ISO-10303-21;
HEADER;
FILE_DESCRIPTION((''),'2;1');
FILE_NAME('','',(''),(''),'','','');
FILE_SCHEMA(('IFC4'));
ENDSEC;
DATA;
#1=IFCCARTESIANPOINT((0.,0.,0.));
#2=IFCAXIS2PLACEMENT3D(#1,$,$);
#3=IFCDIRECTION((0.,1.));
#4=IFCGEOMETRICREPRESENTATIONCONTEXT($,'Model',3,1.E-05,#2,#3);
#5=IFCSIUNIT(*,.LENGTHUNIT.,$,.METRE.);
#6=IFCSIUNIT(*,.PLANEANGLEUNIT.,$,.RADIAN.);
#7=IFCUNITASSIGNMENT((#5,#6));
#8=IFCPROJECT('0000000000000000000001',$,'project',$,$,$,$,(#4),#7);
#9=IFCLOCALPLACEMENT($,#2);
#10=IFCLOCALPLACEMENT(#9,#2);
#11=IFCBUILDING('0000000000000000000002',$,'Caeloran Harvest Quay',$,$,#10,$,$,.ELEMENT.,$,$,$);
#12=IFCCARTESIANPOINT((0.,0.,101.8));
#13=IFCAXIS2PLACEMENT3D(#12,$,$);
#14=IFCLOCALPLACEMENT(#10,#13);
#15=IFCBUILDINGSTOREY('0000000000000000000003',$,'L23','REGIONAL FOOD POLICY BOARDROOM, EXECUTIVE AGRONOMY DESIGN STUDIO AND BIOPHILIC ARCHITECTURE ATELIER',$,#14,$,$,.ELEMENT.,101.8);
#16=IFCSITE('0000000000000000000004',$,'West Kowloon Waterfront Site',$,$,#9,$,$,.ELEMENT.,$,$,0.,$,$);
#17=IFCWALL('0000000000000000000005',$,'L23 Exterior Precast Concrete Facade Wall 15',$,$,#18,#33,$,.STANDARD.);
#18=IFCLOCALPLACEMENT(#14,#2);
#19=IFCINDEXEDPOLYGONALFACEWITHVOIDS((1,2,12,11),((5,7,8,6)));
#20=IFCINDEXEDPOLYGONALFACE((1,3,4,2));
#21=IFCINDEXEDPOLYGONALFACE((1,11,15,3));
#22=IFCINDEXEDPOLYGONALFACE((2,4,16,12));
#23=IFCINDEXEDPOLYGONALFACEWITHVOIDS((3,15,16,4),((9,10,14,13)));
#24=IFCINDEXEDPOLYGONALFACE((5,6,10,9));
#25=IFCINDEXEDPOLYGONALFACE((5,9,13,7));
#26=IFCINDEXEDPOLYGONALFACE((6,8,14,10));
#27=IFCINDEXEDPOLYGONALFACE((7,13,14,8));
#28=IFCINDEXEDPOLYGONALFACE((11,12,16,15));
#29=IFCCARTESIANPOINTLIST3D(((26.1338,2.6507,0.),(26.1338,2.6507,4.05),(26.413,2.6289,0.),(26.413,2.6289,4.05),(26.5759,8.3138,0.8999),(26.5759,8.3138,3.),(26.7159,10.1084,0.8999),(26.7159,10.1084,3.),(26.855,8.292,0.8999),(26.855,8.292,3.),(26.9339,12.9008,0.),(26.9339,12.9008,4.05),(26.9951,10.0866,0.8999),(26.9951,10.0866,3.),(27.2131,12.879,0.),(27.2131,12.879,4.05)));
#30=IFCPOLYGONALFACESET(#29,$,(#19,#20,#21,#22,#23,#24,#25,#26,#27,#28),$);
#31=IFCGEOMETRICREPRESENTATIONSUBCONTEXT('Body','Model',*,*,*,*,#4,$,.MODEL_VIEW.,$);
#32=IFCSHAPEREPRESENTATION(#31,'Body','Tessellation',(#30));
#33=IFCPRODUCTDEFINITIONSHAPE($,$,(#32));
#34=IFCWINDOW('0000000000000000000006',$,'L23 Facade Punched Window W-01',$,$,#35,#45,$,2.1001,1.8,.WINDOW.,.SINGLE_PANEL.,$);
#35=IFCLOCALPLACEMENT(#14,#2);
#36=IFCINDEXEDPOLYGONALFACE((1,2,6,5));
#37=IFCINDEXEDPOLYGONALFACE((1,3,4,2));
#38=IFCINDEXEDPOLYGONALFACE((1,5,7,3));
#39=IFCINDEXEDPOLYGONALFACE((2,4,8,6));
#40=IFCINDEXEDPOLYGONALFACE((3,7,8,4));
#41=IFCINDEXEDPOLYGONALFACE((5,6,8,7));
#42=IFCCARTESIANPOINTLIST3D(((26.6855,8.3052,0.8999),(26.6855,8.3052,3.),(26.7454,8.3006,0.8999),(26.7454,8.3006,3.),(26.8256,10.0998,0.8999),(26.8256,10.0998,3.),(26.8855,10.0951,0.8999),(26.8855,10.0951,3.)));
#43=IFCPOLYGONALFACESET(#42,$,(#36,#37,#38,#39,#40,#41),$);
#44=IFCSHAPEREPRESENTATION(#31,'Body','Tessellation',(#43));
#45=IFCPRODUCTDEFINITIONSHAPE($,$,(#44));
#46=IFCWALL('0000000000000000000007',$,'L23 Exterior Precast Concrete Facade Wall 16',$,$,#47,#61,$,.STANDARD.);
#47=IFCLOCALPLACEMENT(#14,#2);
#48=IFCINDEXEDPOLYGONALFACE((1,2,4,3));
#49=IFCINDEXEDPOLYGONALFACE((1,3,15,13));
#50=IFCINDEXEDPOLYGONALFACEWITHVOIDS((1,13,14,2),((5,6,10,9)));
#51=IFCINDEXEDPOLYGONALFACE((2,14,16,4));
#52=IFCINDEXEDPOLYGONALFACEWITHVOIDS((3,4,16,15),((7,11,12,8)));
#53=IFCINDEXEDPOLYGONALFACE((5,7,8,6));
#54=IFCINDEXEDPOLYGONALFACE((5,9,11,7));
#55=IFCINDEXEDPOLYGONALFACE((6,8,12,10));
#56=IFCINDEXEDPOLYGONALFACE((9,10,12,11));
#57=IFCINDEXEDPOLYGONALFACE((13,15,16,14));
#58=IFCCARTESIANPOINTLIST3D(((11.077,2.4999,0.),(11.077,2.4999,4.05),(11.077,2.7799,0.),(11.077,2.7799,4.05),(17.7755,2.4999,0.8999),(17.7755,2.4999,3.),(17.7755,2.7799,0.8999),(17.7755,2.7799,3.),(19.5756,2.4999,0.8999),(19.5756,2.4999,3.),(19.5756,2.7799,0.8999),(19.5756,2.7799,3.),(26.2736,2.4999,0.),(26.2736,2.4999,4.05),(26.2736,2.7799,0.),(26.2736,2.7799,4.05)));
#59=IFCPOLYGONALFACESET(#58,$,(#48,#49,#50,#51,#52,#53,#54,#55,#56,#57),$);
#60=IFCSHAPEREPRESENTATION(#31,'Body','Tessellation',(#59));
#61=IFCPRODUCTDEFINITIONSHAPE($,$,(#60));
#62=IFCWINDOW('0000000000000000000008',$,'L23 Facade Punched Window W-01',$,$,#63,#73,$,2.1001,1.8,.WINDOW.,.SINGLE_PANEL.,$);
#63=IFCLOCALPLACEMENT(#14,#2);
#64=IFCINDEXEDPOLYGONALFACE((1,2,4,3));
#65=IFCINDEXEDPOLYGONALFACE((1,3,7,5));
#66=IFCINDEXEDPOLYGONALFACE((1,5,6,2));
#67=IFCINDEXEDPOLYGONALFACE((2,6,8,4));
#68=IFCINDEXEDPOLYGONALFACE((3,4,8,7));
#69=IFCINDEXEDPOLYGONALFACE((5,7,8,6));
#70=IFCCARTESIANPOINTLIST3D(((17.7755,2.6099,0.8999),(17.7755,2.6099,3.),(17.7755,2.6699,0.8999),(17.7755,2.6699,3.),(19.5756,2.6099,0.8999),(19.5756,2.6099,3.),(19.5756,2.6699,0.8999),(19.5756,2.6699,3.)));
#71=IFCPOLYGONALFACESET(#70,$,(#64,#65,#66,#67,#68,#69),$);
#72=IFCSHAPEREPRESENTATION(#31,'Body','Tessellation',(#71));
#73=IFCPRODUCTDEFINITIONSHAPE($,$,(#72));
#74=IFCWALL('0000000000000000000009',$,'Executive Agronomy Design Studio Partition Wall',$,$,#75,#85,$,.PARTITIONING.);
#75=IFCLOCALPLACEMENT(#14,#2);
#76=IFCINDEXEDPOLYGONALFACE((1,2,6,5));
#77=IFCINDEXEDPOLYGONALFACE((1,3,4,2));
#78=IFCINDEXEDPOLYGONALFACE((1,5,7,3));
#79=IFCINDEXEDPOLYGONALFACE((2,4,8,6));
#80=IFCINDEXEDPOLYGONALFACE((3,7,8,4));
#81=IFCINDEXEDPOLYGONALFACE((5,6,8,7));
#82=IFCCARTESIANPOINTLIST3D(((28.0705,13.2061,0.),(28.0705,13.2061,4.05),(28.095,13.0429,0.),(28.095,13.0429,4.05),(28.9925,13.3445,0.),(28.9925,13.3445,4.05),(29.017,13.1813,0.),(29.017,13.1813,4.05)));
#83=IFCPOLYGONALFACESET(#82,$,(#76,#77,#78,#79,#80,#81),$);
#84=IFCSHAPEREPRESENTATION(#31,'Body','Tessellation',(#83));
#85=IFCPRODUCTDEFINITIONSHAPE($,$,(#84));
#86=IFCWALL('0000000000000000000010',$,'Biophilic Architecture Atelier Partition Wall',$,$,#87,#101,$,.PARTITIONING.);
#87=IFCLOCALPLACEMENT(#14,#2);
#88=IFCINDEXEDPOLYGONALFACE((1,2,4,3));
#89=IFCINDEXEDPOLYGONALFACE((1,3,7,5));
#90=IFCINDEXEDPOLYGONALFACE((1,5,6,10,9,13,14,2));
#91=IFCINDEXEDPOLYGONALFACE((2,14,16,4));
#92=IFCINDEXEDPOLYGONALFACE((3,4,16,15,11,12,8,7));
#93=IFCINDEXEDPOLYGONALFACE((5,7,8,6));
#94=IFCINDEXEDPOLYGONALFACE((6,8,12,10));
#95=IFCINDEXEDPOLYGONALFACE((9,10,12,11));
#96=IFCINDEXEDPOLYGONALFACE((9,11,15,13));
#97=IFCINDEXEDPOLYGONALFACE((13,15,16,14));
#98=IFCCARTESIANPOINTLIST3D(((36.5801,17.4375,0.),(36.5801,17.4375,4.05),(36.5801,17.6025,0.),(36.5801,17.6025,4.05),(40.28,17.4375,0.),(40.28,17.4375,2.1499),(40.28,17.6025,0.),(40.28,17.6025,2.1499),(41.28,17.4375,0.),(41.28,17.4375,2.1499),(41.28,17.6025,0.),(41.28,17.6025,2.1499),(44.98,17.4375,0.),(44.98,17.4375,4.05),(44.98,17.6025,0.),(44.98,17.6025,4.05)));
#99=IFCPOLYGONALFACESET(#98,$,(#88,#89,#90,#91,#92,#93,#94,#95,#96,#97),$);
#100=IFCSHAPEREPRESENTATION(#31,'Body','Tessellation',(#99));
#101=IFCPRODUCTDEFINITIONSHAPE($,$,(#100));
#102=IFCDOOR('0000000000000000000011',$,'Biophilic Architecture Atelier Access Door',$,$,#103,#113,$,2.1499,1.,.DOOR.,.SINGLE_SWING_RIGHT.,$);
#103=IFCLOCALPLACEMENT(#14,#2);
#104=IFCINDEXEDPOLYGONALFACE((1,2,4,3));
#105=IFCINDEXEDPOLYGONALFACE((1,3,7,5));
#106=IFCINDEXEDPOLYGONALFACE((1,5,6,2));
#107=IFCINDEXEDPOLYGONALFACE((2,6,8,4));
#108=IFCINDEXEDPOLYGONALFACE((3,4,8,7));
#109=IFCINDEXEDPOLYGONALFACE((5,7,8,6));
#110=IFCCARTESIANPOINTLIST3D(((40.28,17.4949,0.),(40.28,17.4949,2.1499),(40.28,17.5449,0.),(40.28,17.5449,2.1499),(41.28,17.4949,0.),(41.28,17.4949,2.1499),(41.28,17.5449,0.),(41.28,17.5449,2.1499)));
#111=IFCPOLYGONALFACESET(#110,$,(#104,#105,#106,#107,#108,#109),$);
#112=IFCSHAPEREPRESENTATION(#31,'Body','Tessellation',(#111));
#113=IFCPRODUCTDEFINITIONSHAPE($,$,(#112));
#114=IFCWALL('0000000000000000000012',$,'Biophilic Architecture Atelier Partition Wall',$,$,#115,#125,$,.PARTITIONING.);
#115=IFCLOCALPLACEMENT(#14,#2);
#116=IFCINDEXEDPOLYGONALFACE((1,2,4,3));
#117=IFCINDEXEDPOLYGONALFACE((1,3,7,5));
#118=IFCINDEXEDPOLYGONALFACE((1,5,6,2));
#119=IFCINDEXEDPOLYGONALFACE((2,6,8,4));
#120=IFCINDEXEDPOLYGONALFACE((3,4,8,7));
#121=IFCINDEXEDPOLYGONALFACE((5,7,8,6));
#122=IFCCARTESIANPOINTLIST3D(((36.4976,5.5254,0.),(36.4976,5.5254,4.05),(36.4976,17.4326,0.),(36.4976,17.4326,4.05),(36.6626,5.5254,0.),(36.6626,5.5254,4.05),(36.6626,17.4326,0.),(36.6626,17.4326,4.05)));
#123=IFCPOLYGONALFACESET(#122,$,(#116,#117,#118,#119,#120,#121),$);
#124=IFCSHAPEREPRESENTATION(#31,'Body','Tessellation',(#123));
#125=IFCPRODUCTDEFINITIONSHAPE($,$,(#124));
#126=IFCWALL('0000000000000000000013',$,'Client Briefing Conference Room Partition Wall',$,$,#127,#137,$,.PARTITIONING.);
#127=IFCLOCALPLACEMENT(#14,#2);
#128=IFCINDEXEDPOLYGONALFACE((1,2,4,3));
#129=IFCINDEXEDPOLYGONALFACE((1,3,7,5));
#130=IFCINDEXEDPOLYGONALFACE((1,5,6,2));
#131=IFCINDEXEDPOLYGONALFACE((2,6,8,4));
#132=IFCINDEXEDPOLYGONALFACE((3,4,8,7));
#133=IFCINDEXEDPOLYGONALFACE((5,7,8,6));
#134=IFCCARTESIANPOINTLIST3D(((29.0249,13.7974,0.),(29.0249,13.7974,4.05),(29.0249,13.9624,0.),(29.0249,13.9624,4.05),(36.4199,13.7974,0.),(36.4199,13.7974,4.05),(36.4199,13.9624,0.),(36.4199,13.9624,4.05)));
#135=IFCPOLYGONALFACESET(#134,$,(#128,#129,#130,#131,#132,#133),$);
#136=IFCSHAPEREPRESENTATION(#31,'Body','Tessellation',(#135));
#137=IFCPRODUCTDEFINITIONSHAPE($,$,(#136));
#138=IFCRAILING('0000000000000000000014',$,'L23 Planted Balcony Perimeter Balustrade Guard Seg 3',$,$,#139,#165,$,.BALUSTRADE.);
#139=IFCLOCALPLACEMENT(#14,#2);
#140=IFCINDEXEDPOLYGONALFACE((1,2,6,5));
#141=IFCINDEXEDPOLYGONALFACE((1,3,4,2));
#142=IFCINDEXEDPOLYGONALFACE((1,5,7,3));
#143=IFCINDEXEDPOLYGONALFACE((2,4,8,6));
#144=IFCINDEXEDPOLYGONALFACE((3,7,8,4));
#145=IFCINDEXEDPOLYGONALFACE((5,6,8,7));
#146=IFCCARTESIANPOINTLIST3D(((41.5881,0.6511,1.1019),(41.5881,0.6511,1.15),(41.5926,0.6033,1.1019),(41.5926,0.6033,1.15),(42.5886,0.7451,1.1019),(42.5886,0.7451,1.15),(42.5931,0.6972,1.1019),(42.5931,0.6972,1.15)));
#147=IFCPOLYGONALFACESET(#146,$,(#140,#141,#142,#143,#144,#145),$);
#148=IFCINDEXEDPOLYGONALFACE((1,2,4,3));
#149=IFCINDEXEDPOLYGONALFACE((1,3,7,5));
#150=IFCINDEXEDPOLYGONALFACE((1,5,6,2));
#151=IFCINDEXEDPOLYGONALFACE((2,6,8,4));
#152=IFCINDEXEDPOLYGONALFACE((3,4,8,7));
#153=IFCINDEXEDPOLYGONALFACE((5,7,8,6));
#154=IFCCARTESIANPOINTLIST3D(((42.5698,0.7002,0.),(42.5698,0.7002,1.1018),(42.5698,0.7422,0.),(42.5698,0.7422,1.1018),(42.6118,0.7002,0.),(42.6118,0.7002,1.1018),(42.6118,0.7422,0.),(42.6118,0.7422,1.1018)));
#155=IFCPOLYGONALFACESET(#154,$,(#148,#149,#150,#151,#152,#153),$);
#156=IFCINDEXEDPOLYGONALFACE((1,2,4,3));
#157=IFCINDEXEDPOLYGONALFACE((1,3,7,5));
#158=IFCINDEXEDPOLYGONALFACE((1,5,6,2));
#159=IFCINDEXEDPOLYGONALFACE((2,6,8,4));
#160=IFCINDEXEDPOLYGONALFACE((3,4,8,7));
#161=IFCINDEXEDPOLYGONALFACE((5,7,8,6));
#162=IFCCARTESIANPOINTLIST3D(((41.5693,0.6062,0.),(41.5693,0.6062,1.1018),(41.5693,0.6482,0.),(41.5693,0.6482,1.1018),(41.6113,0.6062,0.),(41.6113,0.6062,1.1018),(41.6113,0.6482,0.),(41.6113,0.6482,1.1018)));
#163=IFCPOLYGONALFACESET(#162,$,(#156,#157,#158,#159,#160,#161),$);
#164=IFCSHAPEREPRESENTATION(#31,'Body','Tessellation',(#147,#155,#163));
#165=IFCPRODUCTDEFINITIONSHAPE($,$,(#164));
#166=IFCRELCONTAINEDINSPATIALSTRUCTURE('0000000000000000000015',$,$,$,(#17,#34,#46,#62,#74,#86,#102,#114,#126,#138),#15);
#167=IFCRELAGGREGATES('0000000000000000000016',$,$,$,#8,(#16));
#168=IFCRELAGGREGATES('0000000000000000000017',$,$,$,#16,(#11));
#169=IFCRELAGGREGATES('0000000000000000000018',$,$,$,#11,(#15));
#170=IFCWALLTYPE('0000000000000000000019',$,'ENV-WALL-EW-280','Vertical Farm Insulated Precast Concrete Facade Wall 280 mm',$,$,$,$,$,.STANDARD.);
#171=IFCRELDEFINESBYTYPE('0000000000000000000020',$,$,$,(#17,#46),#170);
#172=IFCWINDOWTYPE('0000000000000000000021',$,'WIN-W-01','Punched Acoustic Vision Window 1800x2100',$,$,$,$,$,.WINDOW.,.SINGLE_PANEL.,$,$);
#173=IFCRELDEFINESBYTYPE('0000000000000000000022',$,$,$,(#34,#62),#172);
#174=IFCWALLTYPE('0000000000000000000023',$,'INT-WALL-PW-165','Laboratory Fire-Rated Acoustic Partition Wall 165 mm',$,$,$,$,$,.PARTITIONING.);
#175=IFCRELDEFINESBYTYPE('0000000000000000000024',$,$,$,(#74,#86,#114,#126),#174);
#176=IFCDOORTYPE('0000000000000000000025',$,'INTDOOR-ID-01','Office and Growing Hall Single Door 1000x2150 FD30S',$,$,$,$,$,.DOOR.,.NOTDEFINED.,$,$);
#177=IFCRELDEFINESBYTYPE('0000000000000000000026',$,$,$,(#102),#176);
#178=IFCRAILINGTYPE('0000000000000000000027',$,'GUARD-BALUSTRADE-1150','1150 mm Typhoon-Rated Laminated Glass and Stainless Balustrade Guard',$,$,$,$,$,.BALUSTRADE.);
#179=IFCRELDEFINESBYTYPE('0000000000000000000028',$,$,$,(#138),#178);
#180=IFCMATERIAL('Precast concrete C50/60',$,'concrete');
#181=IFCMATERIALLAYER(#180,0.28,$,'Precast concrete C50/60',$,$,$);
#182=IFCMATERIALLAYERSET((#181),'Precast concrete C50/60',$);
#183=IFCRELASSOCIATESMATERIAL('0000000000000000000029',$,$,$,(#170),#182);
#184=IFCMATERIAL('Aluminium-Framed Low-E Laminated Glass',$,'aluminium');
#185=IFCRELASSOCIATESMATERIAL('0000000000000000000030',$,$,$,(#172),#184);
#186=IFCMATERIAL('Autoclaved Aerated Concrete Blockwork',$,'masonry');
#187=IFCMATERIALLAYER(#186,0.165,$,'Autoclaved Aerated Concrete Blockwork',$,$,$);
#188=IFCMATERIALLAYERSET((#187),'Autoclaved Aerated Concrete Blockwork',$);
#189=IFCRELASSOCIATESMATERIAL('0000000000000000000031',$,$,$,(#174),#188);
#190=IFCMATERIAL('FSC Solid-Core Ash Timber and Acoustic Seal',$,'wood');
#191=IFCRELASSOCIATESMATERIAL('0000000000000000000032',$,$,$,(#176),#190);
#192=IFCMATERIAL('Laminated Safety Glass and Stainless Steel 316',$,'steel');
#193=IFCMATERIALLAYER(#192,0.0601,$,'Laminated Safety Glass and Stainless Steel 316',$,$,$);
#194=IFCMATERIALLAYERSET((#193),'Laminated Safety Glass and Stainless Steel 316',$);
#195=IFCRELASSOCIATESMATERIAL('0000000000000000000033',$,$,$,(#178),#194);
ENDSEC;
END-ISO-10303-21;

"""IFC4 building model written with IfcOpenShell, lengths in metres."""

from ifc_helpers import new_model, si_unit, direction, frame, frame_2d, origin, origin_2d, place, context, subcontext, project, spatial, rectangle, extrude, material, layer, layer_set, type_object, element, fill, save


model = new_model("IFC4")

# Units and contexts
model_context = context("Model", 3, precision=1e-05, world=origin(), true_north=direction((0.0, 1.0)))
body_context = subcontext(model_context, "Body", "Model", "MODEL_VIEW")
ifc_project = project(units=[si_unit("LENGTHUNIT", "METRE"), si_unit("PLANEANGLEUNIT", "RADIAN")], contexts=[model_context])

# Site, building, storey
site_placement = place(None, origin())
site = spatial("IfcSite", under=ifc_project, at=site_placement, Name="West Kowloon Waterfront Site", CompositionType="ELEMENT", RefElevation=0.0)
building_placement = place(site_placement, origin())
building = spatial("IfcBuilding", under=site, at=building_placement, Name="Caeloran Harvest Quay", CompositionType="ELEMENT")
storey_placement = place(building_placement, frame((0.0, 0.0, 101.8)))
storey = spatial("IfcBuildingStorey", under=building, at=storey_placement, Name="L23", Description="REGIONAL FOOD POLICY BOARDROOM, EXECUTIVE AGRONOMY DESIGN STUDIO AND BIOPHILIC ARCHITECTURE ATELIER", CompositionType="ELEMENT", Elevation=101.8)

# Shared definitions
ifc_material_1 = material(Name="Precast concrete C50/60", Category="concrete")

# Walls, openings, windows
ifc_layer_1 = layer(ifc_material_1, 0.28, Name="Precast concrete C50/60")
ifc_layer_set_1 = layer_set([ifc_layer_1], Name="Precast concrete C50/60")
wall_type_1 = type_object("IfcWallType", Name="ENV-WALL-EW-280", Description="Vertical Farm Insulated Precast Concrete Facade Wall 280 mm", PredefinedType="STANDARD", material=ifc_layer_set_1)
ifc_material_2 = material(Name="Aluminium-Framed Low-E Laminated Glass", Category="aluminium")
window_type = type_object("IfcWindowType", Name="WIN-W-01", Description="Punched Acoustic Vision Window 1800x2100", PartitioningType="SINGLE_PANEL", PredefinedType="WINDOW", material=ifc_material_2)
wall_1_placement = place(storey_placement, frame((27.0735, 12.8899, 0.0), z_axis=(0.0, 0.0, 1.0), x_axis=(-0.077817, -0.996968, 0.0)))
wall_1 = element("IfcWall", 1, at=wall_1_placement, inside=storey, type_object=wall_type_1, Name="L23 Exterior Precast Concrete Facade Wall 15", PredefinedType="STANDARD", context=body_context, shape_type="SweptSolid", body=[
    extrude(rectangle(XDim=10.2812, YDim=0.28, at=frame_2d((5.1406, 0.0))), origin(), (0.0, 0.0, 1.0), 4.05),
])
opening_1_placement = place(wall_1_placement, frame((2.801, 0.0, 0.8999)))
opening_1 = element("IfcOpeningElement", 2, at=opening_1_placement, cuts=wall_1, PredefinedType="OPENING", context=body_context, shape_type="SweptSolid", body=[
    extrude(rectangle(XDim=1.8, YDim=2.1001, at=frame_2d((0.8999, 1.05))), frame((0.0, 0.1499, 0.0), z_axis=(0.0, -1.0, 0.0), x_axis=(1.0, 0.0, 0.0)), (0.0, 0.0, 1.0), 0.3),
])
window_1_placement = place(opening_1_placement, origin())
window_1 = element("IfcWindow", 3, at=window_1_placement, inside=storey, type_object=window_type, Name="L23 Facade Punched Window W-01", OverallHeight=2.1001, OverallWidth=1.8, PartitioningType="SINGLE_PANEL", PredefinedType="WINDOW", context=body_context, shape_type="SweptSolid", body=[
    extrude(rectangle(XDim=1.8, YDim=2.1001, at=frame_2d((0.8999, 1.05))), frame((0.0, 0.03, 0.0), z_axis=(0.0, -1.0, 0.0), x_axis=(1.0, 0.0, 0.0)), (0.0, 0.0, 1.0), 0.0601),
])
fill(opening_1, window_1)
wall_2_placement = place(storey_placement, frame((26.2734, 2.6399, 0.0), z_axis=(0.0, 0.0, 1.0), x_axis=(-1.0, 0.0, 0.0)))
wall_2 = element("IfcWall", 4, at=wall_2_placement, inside=storey, type_object=wall_type_1, Name="L23 Exterior Precast Concrete Facade Wall 16", PredefinedType="STANDARD", context=body_context, shape_type="SweptSolid", body=[
    extrude(rectangle(XDim=15.1965, YDim=0.28, at=frame_2d((7.5981, 0.0))), origin(), (0.0, 0.0, 1.0), 4.05),
])
opening_2_placement = place(wall_2_placement, frame((6.698, 0.0, 0.8999)))
opening_2 = element("IfcOpeningElement", 5, at=opening_2_placement, cuts=wall_2, PredefinedType="OPENING", context=body_context, shape_type="SweptSolid", body=[
    extrude(rectangle(XDim=1.8, YDim=2.1001, at=frame_2d((0.8999, 1.05))), frame((0.0, 0.1499, 0.0), z_axis=(0.0, -1.0, 0.0), x_axis=(1.0, 0.0, 0.0)), (0.0, 0.0, 1.0), 0.3),
])
window_2_placement = place(opening_2_placement, origin())
window_2 = element("IfcWindow", 6, at=window_2_placement, inside=storey, type_object=window_type, Name="L23 Facade Punched Window W-01", OverallHeight=2.1001, OverallWidth=1.8, PartitioningType="SINGLE_PANEL", PredefinedType="WINDOW", context=body_context, shape_type="SweptSolid", body=[
    extrude(rectangle(XDim=1.8, YDim=2.1001, at=frame_2d((0.8999, 1.05))), frame((0.0, 0.03, 0.0), z_axis=(0.0, -1.0, 0.0), x_axis=(1.0, 0.0, 0.0)), (0.0, 0.0, 1.0), 0.0601),
])
fill(opening_2, window_2)

# Wall
ifc_material_3 = material(Name="Autoclaved Aerated Concrete Blockwork", Category="masonry")
ifc_layer_2 = layer(ifc_material_3, 0.165, Name="Autoclaved Aerated Concrete Blockwork")
ifc_layer_set_2 = layer_set([ifc_layer_2], Name="Autoclaved Aerated Concrete Blockwork")
wall_type_2 = type_object("IfcWallType", Name="INT-WALL-PW-165", Description="Laboratory Fire-Rated Acoustic Partition Wall 165 mm", PredefinedType="PARTITIONING", material=ifc_layer_set_2)
wall_3_placement = place(storey_placement, frame((29.0049, 13.2629, 0.0), z_axis=(0.0, 0.0, 1.0), x_axis=(-0.988919, -0.148456, 0.0)))
element("IfcWall", 7, at=wall_3_placement, inside=storey, type_object=wall_type_2, Name="Executive Agronomy Design Studio Partition Wall", PredefinedType="PARTITIONING", context=body_context, shape_type="SweptSolid", body=[
    extrude(rectangle(XDim=0.9324, YDim=0.165, at=frame_2d((0.4663, 0.0))), origin(), (0.0, 0.0, 1.0), 4.05),
])

# Wall, opening, door
wall_4_placement = place(storey_placement, frame((36.5801, 17.52, 0.0), z_axis=(0.0, 0.0, 1.0), x_axis=(1.0, 0.0, 0.0)))
wall_4 = element("IfcWall", 8, at=wall_4_placement, inside=storey, type_object=wall_type_2, Name="Biophilic Architecture Atelier Partition Wall", PredefinedType="PARTITIONING", context=body_context, shape_type="SweptSolid", body=[
    extrude(rectangle(XDim=8.3999, YDim=0.165, at=frame_2d((4.2, 0.0))), origin(), (0.0, 0.0, 1.0), 4.05),
])
opening_3_placement = place(wall_4_placement, frame((3.7, 0.0, 0.0)))
opening_3 = element("IfcOpeningElement", 9, at=opening_3_placement, cuts=wall_4, PredefinedType="OPENING", context=body_context, shape_type="SweptSolid", body=[
    extrude(rectangle(XDim=1.0, YDim=2.1499, at=frame_2d((0.5, 1.075))), frame((0.0, 0.0925, 0.0), z_axis=(0.0, -1.0, 0.0), x_axis=(1.0, 0.0, 0.0)), (0.0, 0.0, 1.0), 0.1851),
])
ifc_material_4 = material(Name="FSC Solid-Core Ash Timber and Acoustic Seal", Category="wood")
door_type = type_object("IfcDoorType", Name="INTDOOR-ID-01", Description="Office and Growing Hall Single Door 1000x2150 FD30S", OperationType="NOTDEFINED", PredefinedType="DOOR", material=ifc_material_4)
door_placement = place(opening_3_placement, origin())
door = element("IfcDoor", 10, at=door_placement, inside=storey, type_object=door_type, Name="Biophilic Architecture Atelier Access Door", OperationType="SINGLE_SWING_RIGHT", OverallHeight=2.1499, OverallWidth=1.0, PredefinedType="DOOR", context=body_context, shape_type="SweptSolid", body=[
    extrude(rectangle(XDim=1.0, YDim=2.1499, at=frame_2d((0.5, 1.075))), frame((0.0, 0.0249, 0.0), z_axis=(0.0, -1.0, 0.0), x_axis=(1.0, 0.0, 0.0)), (0.0, 0.0, 1.0), 0.05),
])
fill(opening_3, door)

# Walls
wall_5_placement = place(storey_placement, frame((36.5801, 5.5254, 0.0), z_axis=(0.0, 0.0, 1.0), x_axis=(0.0, 1.0, 0.0)))
element("IfcWall", 11, at=wall_5_placement, inside=storey, type_object=wall_type_2, Name="Biophilic Architecture Atelier Partition Wall", PredefinedType="PARTITIONING", context=body_context, shape_type="SweptSolid", body=[
    extrude(rectangle(XDim=11.9072, YDim=0.165, at=frame_2d((5.9536, 0.0))), origin(), (0.0, 0.0, 1.0), 4.05),
])
wall_6_placement = place(storey_placement, frame((36.4199, 13.8799, 0.0), z_axis=(0.0, 0.0, 1.0), x_axis=(-1.0, 0.0, 0.0)))
element("IfcWall", 12, at=wall_6_placement, inside=storey, type_object=wall_type_2, Name="Client Briefing Conference Room Partition Wall", PredefinedType="PARTITIONING", context=body_context, shape_type="SweptSolid", body=[
    extrude(rectangle(XDim=7.395, YDim=0.165, at=frame_2d((3.6975, 0.0))), origin(), (0.0, 0.0, 1.0), 4.05),
])

# Railing
ifc_material_5 = material(Name="Laminated Safety Glass and Stainless Steel 316", Category="steel")
ifc_layer_3 = layer(ifc_material_5, 0.0601, Name="Laminated Safety Glass and Stainless Steel 316")
ifc_layer_set_3 = layer_set([ifc_layer_3], Name="Laminated Safety Glass and Stainless Steel 316")
railing_type = type_object("IfcRailingType", Name="GUARD-BALUSTRADE-1150", Description="1150 mm Typhoon-Rated Laminated Glass and Stainless Balustrade Guard", PredefinedType="BALUSTRADE", material=ifc_layer_set_3)
railing_1_placement = place(storey_placement, frame((42.5908, 0.7212, 0.0)))
element("IfcRailing", 13, at=railing_1_placement, inside=storey, type_object=railing_type, Name="L23 Planted Balcony Perimeter Balustrade Guard Seg 3", PredefinedType="BALUSTRADE", context=body_context, shape_type="SweptSolid", body=[
    extrude(rectangle(XDim=0.0481, YDim=0.0481, at=origin_2d()), frame((0.0, 0.0, 1.126), z_axis=(-0.995616, -0.093536, 0.0), x_axis=(0.093536, -0.995616, 0.0)), (0.0, 0.0, 1.0), 1.0049),
    extrude(rectangle(XDim=0.042, YDim=0.042, at=origin_2d()), origin(), (0.0, 0.0, 1.0), 1.1018),
    extrude(rectangle(XDim=0.042, YDim=0.042, at=origin_2d()), frame((-1.0005, -0.094, 0.0)), (0.0, 0.0, 1.0), 1.1018),
])

save(model, "model.ifc")
